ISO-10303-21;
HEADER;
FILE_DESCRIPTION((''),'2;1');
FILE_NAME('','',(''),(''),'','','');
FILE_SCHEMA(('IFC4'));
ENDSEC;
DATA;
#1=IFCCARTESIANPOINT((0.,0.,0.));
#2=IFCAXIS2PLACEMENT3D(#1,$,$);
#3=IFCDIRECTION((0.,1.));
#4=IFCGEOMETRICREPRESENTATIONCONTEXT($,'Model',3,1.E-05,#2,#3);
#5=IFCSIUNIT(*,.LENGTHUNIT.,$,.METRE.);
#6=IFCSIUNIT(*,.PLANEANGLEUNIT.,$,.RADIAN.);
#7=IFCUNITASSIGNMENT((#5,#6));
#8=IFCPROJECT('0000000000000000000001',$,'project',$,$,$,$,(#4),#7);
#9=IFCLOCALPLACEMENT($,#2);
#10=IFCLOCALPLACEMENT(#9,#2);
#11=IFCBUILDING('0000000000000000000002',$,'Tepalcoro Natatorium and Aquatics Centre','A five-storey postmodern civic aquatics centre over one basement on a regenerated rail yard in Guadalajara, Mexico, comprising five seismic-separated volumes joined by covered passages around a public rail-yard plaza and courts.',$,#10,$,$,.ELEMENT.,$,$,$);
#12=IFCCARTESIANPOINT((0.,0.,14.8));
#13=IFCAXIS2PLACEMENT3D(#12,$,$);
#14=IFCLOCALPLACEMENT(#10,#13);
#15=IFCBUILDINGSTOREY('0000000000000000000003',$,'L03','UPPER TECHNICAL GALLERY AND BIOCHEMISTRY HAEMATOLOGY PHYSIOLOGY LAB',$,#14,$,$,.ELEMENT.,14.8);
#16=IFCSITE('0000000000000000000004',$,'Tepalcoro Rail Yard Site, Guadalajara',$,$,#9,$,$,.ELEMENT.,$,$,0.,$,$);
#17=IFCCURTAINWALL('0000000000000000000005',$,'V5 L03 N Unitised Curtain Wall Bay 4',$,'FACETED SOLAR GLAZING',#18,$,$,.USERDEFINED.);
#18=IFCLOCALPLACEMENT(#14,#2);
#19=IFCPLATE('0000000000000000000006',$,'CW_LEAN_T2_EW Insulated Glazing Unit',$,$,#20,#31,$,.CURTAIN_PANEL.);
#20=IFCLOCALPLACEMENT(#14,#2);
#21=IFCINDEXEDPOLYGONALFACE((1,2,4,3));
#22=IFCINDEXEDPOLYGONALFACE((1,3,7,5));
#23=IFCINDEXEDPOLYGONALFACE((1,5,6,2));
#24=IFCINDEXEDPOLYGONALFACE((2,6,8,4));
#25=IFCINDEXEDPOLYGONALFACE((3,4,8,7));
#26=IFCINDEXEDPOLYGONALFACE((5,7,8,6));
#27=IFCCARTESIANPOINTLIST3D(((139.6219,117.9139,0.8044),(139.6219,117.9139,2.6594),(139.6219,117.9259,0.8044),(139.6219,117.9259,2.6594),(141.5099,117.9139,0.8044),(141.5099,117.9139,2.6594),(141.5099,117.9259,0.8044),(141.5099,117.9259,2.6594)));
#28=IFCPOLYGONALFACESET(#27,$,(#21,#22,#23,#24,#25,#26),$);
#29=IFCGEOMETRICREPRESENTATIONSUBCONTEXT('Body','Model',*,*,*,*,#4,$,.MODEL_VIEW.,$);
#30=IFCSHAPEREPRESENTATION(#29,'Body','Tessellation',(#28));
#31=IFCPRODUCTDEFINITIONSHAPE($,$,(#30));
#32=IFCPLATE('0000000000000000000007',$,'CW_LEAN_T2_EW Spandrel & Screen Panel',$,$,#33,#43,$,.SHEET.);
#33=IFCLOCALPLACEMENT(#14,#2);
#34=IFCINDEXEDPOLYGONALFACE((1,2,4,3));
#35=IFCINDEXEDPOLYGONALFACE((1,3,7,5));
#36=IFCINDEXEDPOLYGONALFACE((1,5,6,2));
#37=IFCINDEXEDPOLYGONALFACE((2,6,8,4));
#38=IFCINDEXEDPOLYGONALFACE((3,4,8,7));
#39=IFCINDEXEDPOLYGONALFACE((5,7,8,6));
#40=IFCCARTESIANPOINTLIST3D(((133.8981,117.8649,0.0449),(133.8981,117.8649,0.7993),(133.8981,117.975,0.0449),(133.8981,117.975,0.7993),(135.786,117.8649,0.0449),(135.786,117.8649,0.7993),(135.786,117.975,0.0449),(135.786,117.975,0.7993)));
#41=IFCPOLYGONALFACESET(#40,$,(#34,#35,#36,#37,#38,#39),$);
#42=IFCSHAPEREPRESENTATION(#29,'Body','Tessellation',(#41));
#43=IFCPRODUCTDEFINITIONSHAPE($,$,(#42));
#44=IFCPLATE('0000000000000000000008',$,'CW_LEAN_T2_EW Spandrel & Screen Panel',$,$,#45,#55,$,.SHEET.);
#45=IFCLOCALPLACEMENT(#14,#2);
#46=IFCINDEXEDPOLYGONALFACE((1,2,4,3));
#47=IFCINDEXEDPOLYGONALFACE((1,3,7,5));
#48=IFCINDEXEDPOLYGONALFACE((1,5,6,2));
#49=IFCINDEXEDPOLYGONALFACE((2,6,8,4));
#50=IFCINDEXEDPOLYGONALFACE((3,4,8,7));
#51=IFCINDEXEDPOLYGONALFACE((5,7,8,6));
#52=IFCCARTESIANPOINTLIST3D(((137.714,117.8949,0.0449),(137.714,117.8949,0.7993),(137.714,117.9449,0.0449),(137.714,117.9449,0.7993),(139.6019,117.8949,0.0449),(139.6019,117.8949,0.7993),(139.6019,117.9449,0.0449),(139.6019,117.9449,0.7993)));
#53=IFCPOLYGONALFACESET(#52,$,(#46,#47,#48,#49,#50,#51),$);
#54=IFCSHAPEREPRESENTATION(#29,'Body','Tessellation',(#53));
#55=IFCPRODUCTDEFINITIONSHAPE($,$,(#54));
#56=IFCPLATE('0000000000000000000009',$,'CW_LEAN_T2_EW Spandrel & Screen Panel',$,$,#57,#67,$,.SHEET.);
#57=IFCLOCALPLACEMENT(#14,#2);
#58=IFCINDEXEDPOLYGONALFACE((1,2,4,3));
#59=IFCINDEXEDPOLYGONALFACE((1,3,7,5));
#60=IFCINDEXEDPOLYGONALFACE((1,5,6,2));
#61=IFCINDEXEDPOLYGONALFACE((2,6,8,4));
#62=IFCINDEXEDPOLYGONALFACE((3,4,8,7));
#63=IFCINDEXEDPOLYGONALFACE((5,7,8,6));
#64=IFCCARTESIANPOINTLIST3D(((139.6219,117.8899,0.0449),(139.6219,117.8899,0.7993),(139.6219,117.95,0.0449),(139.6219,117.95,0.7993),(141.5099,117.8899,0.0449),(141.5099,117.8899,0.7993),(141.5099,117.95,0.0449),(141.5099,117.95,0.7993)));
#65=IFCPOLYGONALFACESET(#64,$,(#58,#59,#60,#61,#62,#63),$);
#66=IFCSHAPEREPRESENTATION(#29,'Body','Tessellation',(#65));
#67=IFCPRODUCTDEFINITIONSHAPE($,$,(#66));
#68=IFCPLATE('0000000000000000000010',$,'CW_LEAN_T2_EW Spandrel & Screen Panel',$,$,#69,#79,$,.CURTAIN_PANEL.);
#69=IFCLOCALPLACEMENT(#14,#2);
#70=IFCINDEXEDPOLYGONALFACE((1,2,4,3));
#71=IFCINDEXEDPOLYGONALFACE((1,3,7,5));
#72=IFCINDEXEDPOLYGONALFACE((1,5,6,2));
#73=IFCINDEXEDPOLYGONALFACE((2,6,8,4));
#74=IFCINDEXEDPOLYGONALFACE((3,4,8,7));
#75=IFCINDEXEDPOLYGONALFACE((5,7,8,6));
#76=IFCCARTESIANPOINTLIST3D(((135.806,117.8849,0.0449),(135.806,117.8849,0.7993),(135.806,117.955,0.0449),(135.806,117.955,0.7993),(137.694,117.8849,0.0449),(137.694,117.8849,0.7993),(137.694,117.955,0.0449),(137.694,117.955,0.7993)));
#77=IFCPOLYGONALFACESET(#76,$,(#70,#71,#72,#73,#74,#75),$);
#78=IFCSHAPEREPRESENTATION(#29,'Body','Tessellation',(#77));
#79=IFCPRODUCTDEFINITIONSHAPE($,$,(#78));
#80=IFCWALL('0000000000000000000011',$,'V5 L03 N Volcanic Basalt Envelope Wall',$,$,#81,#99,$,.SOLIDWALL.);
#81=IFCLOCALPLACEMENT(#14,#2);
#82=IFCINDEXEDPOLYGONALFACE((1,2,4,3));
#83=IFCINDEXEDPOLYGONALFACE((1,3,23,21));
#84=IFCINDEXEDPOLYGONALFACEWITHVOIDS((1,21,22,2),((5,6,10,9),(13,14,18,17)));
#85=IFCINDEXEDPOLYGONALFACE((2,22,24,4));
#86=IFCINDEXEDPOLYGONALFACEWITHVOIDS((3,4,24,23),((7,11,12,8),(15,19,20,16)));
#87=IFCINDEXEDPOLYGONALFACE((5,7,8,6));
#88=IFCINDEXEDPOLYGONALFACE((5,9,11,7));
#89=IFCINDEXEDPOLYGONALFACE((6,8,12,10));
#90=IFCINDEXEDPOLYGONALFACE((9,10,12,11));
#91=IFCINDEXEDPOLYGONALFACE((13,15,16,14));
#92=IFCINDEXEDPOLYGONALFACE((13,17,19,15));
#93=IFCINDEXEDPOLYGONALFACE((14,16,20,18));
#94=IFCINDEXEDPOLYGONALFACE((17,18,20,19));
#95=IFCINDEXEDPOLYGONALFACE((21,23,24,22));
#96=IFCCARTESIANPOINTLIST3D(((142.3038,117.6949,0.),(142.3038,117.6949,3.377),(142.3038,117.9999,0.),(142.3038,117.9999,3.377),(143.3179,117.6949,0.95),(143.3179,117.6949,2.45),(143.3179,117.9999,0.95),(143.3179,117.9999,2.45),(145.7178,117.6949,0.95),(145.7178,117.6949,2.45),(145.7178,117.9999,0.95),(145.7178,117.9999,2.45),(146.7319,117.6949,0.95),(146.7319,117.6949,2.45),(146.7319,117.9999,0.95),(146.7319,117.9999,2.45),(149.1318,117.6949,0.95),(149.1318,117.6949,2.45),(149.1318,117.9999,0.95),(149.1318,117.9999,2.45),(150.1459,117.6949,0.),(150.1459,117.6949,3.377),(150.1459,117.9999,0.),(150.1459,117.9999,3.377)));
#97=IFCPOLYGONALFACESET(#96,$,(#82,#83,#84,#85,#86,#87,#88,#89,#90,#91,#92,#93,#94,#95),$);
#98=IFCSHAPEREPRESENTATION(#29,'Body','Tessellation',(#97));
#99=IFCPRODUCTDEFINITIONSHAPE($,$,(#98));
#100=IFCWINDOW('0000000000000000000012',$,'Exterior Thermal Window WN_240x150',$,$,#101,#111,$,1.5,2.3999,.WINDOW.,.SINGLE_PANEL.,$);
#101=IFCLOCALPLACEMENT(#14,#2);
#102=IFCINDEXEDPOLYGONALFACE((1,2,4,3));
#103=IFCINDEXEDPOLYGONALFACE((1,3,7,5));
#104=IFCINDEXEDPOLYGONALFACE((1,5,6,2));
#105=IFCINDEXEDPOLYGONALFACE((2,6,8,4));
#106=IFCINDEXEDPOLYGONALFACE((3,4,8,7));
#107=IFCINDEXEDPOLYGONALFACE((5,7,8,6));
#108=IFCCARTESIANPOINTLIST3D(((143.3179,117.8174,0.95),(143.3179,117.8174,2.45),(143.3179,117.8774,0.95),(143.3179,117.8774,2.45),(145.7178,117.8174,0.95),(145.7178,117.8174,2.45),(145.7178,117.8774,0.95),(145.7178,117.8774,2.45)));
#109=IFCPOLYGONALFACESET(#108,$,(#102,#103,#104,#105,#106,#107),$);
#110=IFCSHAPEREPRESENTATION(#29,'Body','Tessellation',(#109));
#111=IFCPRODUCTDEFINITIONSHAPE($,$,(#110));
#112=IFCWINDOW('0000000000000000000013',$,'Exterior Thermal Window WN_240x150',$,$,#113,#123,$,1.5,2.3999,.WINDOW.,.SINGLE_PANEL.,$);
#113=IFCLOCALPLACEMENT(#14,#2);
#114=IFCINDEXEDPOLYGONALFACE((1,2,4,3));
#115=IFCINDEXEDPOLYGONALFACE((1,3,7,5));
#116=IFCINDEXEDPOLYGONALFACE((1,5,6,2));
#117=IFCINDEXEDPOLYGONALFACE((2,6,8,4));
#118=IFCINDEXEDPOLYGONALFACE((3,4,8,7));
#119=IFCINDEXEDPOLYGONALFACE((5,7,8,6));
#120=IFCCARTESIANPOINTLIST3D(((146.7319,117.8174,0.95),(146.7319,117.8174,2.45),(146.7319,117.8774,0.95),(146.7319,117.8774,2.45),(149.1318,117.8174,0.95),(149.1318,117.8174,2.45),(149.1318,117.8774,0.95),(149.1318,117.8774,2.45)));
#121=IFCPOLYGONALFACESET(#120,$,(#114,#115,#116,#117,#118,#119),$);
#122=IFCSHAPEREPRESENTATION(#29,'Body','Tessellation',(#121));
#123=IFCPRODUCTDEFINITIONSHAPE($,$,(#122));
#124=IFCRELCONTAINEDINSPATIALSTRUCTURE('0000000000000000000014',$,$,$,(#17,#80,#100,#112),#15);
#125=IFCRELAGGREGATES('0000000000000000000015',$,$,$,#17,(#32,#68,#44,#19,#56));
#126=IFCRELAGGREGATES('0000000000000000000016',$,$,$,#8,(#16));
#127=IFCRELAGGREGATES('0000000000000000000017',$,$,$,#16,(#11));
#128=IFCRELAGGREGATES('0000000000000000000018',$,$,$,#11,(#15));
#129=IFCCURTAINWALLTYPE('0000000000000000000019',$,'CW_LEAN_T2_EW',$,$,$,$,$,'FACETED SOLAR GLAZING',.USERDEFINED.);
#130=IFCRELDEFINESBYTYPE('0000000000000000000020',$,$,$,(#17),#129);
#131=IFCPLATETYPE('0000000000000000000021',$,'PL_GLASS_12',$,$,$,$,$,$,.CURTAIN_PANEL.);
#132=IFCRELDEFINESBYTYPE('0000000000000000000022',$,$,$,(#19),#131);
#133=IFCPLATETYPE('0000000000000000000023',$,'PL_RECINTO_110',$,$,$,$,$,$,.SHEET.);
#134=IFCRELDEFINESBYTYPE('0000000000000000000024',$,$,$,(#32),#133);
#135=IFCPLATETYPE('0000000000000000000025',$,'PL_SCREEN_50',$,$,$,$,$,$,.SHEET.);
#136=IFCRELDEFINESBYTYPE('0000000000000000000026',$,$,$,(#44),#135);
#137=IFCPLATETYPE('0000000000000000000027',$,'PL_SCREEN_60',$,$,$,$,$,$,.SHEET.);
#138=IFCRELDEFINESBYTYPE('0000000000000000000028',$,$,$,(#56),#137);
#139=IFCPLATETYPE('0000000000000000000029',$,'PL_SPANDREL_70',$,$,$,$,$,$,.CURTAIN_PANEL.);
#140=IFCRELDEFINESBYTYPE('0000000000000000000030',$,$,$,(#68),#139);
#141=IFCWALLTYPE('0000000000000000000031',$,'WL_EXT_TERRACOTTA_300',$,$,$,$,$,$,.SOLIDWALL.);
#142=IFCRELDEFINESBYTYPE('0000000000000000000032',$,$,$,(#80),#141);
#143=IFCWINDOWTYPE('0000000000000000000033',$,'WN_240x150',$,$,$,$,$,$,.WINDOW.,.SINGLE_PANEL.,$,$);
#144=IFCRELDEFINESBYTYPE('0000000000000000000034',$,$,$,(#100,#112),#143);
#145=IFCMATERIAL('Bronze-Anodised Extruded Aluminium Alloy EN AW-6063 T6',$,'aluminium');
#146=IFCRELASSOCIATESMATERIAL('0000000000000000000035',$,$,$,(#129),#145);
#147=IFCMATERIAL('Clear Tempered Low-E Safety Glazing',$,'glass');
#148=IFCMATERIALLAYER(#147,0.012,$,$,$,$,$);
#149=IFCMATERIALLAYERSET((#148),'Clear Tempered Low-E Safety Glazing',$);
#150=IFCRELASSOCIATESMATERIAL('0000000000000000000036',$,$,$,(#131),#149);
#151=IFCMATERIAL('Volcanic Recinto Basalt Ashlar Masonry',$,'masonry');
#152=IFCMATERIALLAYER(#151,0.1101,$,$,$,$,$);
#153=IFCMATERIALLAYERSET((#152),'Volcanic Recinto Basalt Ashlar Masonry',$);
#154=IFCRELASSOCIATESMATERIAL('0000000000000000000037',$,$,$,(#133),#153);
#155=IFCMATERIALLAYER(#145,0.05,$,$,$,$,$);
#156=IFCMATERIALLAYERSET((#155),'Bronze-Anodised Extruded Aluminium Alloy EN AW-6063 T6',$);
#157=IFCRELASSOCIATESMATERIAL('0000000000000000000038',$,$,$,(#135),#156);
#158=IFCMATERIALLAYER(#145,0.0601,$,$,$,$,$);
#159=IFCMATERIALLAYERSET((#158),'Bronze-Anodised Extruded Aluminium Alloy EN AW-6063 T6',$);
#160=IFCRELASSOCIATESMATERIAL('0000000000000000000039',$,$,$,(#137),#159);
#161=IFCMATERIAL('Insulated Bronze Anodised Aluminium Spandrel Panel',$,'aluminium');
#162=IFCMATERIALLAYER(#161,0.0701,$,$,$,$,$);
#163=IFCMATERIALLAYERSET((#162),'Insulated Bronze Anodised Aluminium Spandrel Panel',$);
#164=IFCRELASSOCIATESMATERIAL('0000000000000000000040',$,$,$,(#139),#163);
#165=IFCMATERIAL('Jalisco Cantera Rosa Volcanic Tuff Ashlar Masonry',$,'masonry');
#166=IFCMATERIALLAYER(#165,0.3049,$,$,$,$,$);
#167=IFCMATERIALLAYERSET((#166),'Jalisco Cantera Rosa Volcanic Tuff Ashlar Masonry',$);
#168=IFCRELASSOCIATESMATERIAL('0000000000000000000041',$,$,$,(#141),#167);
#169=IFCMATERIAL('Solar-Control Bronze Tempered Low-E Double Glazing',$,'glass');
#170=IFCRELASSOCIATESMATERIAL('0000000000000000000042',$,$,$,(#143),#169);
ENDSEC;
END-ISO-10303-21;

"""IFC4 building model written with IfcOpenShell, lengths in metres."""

from ifc_helpers import new_model, si_unit, direction, frame, frame_2d, origin, origin_2d, place, context, subcontext, project, spatial, rectangle, extrude, material, layer, layer_set, type_object, element, fill, aggregate, save


model = new_model("IFC4")

# Units and contexts
model_context = context("Model", 3, precision=1e-05, world=origin(), true_north=direction((0.0, 1.0)))
body_context = subcontext(model_context, "Body", "Model", "MODEL_VIEW")
ifc_project = project(units=[si_unit("LENGTHUNIT", "METRE"), si_unit("PLANEANGLEUNIT", "RADIAN")], contexts=[model_context])

# Site, building, storey
site_placement = place(None, origin())
site = spatial("IfcSite", under=ifc_project, at=site_placement, Name="Tepalcoro Rail Yard Site, Guadalajara", CompositionType="ELEMENT", RefElevation=0.0)
building_placement = place(site_placement, origin())
building = spatial("IfcBuilding", under=site, at=building_placement, Name="Tepalcoro Natatorium and Aquatics Centre", Description="A five-storey postmodern civic aquatics centre over one basement on a regenerated rail yard in Guadalajara, Mexico, comprising five seismic-separated volumes joined by covered passages around a public rail-yard plaza and courts.", CompositionType="ELEMENT")
storey_placement = place(building_placement, frame((0.0, 0.0, 14.8)))
storey = spatial("IfcBuildingStorey", under=building, at=storey_placement, Name="L03", Description="UPPER TECHNICAL GALLERY AND BIOCHEMISTRY HAEMATOLOGY PHYSIOLOGY LAB", CompositionType="ELEMENT", Elevation=14.8)

# Curtain wall
ifc_material_1 = material(Name="Bronze-Anodised Extruded Aluminium Alloy EN AW-6063 T6", Category="aluminium")
curtain_wall_type = type_object("IfcCurtainWallType", Name="CW_LEAN_T2_EW", ElementType="FACETED SOLAR GLAZING", PredefinedType="USERDEFINED", material=ifc_material_1)
curtain_wall_placement = place(storey_placement, origin())
curtain_wall = element("IfcCurtainWall", 1, at=curtain_wall_placement, inside=storey, type_object=curtain_wall_type, Name="V5 L03 N Unitised Curtain Wall Bay 4", ObjectType="FACETED SOLAR GLAZING", PredefinedType="USERDEFINED")

# Plates
ifc_material_2 = material(Name="Solar-Control Bronze Tempered Low-E Double Glazing", Category="glass")
ifc_material_3 = material(Name="Jalisco Cantera Rosa Volcanic Tuff Ashlar Masonry", Category="masonry")
ifc_material_4 = material(Name="Clear Tempered Low-E Safety Glazing", Category="glass")
ifc_layer_1 = layer(ifc_material_4, 0.012)
ifc_layer_set_1 = layer_set([ifc_layer_1], Name="Clear Tempered Low-E Safety Glazing")
plate_type_1 = type_object("IfcPlateType", Name="PL_GLASS_12", PredefinedType="CURTAIN_PANEL", material=ifc_layer_set_1)
plate_1_placement = place(storey_placement, frame((140.5659, 117.9199, 0.8044), z_axis=(0.0, 0.0, 1.0), x_axis=(1.0, 0.0, 0.0)))
plate_1 = element("IfcPlate", 2, at=plate_1_placement, type_object=plate_type_1, Name="CW_LEAN_T2_EW Insulated Glazing Unit", PredefinedType="CURTAIN_PANEL", context=body_context, shape_type="SweptSolid", body=[
    extrude(rectangle(XDim=1.8879, YDim=0.012, at=origin_2d()), origin(), (0.0, 0.0, 1.0), 1.855),
])
ifc_material_5 = material(Name="Volcanic Recinto Basalt Ashlar Masonry", Category="masonry")
ifc_layer_2 = layer(ifc_material_5, 0.1101)
ifc_layer_set_2 = layer_set([ifc_layer_2], Name="Volcanic Recinto Basalt Ashlar Masonry")
plate_type_2 = type_object("IfcPlateType", Name="PL_RECINTO_110", PredefinedType="SHEET", material=ifc_layer_set_2)
plate_2_placement = place(storey_placement, frame((134.842, 117.9199, 0.0449), z_axis=(0.0, 0.0, 1.0), x_axis=(1.0, 0.0, 0.0)))
plate_2 = element("IfcPlate", 3, at=plate_2_placement, type_object=plate_type_2, Name="CW_LEAN_T2_EW Spandrel & Screen Panel", PredefinedType="SHEET", context=body_context, shape_type="SweptSolid", body=[
    extrude(rectangle(XDim=1.8879, YDim=0.1101, at=origin_2d()), origin(), (0.0, 0.0, 1.0), 0.7544),
])
ifc_layer_3 = layer(ifc_material_1, 0.05)
ifc_layer_set_3 = layer_set([ifc_layer_3], Name="Bronze-Anodised Extruded Aluminium Alloy EN AW-6063 T6")
plate_type_3 = type_object("IfcPlateType", Name="PL_SCREEN_50", PredefinedType="SHEET", material=ifc_layer_set_3)
plate_3_placement = place(storey_placement, frame((138.658, 117.9199, 0.0449), z_axis=(0.0, 0.0, 1.0), x_axis=(1.0, 0.0, 0.0)))
plate_3 = element("IfcPlate", 4, at=plate_3_placement, type_object=plate_type_3, Name="CW_LEAN_T2_EW Spandrel & Screen Panel", PredefinedType="SHEET", context=body_context, shape_type="SweptSolid", body=[
    extrude(rectangle(XDim=1.8879, YDim=0.05, at=origin_2d()), origin(), (0.0, 0.0, 1.0), 0.7544),
])
ifc_layer_4 = layer(ifc_material_1, 0.0601)
ifc_layer_set_4 = layer_set([ifc_layer_4], Name="Bronze-Anodised Extruded Aluminium Alloy EN AW-6063 T6")
plate_type_4 = type_object("IfcPlateType", Name="PL_SCREEN_60", PredefinedType="SHEET", material=ifc_layer_set_4)
plate_4_placement = place(storey_placement, frame((140.5659, 117.9199, 0.0449), z_axis=(0.0, 0.0, 1.0), x_axis=(1.0, 0.0, 0.0)))
plate_4 = element("IfcPlate", 5, at=plate_4_placement, type_object=plate_type_4, Name="CW_LEAN_T2_EW Spandrel & Screen Panel", PredefinedType="SHEET", context=body_context, shape_type="SweptSolid", body=[
    extrude(rectangle(XDim=1.8879, YDim=0.0601, at=origin_2d()), origin(), (0.0, 0.0, 1.0), 0.7544),
])
ifc_material_6 = material(Name="Insulated Bronze Anodised Aluminium Spandrel Panel", Category="aluminium")
ifc_layer_5 = layer(ifc_material_6, 0.0701)
ifc_layer_set_5 = layer_set([ifc_layer_5], Name="Insulated Bronze Anodised Aluminium Spandrel Panel")
plate_type_5 = type_object("IfcPlateType", Name="PL_SPANDREL_70", PredefinedType="CURTAIN_PANEL", material=ifc_layer_set_5)
plate_5_placement = place(storey_placement, frame((136.75, 117.9199, 0.0449), z_axis=(0.0, 0.0, 1.0), x_axis=(1.0, 0.0, 0.0)))
plate_5 = element("IfcPlate", 6, at=plate_5_placement, type_object=plate_type_5, Name="CW_LEAN_T2_EW Spandrel & Screen Panel", PredefinedType="CURTAIN_PANEL", context=body_context, shape_type="SweptSolid", body=[
    extrude(rectangle(XDim=1.8879, YDim=0.0701, at=origin_2d()), origin(), (0.0, 0.0, 1.0), 0.7544),
])
aggregate(curtain_wall, [plate_2, plate_5, plate_3, plate_1, plate_4])

# Wall, openings, windows
ifc_layer_6 = layer(ifc_material_3, 0.3049)
ifc_layer_set_6 = layer_set([ifc_layer_6], Name="Jalisco Cantera Rosa Volcanic Tuff Ashlar Masonry")
wall_type_1 = type_object("IfcWallType", Name="WL_EXT_TERRACOTTA_300", PredefinedType="SOLIDWALL", material=ifc_layer_set_6)
wall_1_placement = place(storey_placement, frame((142.304, 117.8474, 0.0), z_axis=(0.0, 0.0, 1.0), x_axis=(1.0, 0.0, 0.0)))
wall_1 = element("IfcWall", 7, at=wall_1_placement, inside=storey, type_object=wall_type_1, Name="V5 L03 N Volcanic Basalt Envelope Wall", PredefinedType="SOLIDWALL", context=body_context, shape_type="SweptSolid", body=[
    extrude(rectangle(XDim=7.842, YDim=0.3049, at=frame_2d((3.9209, 0.0))), origin(), (0.0, 0.0, 1.0), 3.377),
])
opening_1_placement = place(wall_1_placement, frame((1.0139, 0.0, 0.95)))
opening_1 = element("IfcOpeningElement", 8, at=opening_1_placement, cuts=wall_1, PredefinedType="OPENING", context=body_context, shape_type="SweptSolid", body=[
    extrude(rectangle(XDim=2.3999, YDim=1.5, at=frame_2d((1.2, 0.75))), frame((0.0, 0.1646, 0.0), z_axis=(0.0, -1.0, 0.0), x_axis=(1.0, 0.0, 0.0)), (0.0, 0.0, 1.0), 0.3289),
])
opening_2_placement = place(wall_1_placement, frame((4.428, 0.0, 0.95)))
opening_2 = element("IfcOpeningElement", 9, at=opening_2_placement, cuts=wall_1, PredefinedType="OPENING", context=body_context, shape_type="SweptSolid", body=[
    extrude(rectangle(XDim=2.3999, YDim=1.5, at=frame_2d((1.2, 0.75))), frame((0.0, 0.1646, 0.0), z_axis=(0.0, -1.0, 0.0), x_axis=(1.0, 0.0, 0.0)), (0.0, 0.0, 1.0), 0.3289),
])
window_type = type_object("IfcWindowType", Name="WN_240x150", PartitioningType="SINGLE_PANEL", PredefinedType="WINDOW", material=ifc_material_2)
window_1_placement = place(opening_1_placement, origin())
window_1 = element("IfcWindow", 10, at=window_1_placement, inside=storey, type_object=window_type, Name="Exterior Thermal Window WN_240x150", OverallHeight=1.5, OverallWidth=2.3999, PartitioningType="SINGLE_PANEL", PredefinedType="WINDOW", context=body_context, shape_type="SweptSolid", body=[
    extrude(rectangle(XDim=2.3999, YDim=1.5, at=frame_2d((1.2, 0.75))), frame((0.0, 0.03, 0.0), z_axis=(0.0, -1.0, 0.0), x_axis=(1.0, 0.0, 0.0)), (0.0, 0.0, 1.0), 0.0601),
])
fill(opening_1, window_1)
window_2_placement = place(opening_2_placement, origin())
window_2 = element("IfcWindow", 11, at=window_2_placement, inside=storey, type_object=window_type, Name="Exterior Thermal Window WN_240x150", OverallHeight=1.5, OverallWidth=2.3999, PartitioningType="SINGLE_PANEL", PredefinedType="WINDOW", context=body_context, shape_type="SweptSolid", body=[
    extrude(rectangle(XDim=2.3999, YDim=1.5, at=frame_2d((1.2, 0.75))), frame((0.0, 0.03, 0.0), z_axis=(0.0, -1.0, 0.0), x_axis=(1.0, 0.0, 0.0)), (0.0, 0.0, 1.0), 0.0601),
])
fill(opening_2, window_2)

save(model, "model.ifc")
